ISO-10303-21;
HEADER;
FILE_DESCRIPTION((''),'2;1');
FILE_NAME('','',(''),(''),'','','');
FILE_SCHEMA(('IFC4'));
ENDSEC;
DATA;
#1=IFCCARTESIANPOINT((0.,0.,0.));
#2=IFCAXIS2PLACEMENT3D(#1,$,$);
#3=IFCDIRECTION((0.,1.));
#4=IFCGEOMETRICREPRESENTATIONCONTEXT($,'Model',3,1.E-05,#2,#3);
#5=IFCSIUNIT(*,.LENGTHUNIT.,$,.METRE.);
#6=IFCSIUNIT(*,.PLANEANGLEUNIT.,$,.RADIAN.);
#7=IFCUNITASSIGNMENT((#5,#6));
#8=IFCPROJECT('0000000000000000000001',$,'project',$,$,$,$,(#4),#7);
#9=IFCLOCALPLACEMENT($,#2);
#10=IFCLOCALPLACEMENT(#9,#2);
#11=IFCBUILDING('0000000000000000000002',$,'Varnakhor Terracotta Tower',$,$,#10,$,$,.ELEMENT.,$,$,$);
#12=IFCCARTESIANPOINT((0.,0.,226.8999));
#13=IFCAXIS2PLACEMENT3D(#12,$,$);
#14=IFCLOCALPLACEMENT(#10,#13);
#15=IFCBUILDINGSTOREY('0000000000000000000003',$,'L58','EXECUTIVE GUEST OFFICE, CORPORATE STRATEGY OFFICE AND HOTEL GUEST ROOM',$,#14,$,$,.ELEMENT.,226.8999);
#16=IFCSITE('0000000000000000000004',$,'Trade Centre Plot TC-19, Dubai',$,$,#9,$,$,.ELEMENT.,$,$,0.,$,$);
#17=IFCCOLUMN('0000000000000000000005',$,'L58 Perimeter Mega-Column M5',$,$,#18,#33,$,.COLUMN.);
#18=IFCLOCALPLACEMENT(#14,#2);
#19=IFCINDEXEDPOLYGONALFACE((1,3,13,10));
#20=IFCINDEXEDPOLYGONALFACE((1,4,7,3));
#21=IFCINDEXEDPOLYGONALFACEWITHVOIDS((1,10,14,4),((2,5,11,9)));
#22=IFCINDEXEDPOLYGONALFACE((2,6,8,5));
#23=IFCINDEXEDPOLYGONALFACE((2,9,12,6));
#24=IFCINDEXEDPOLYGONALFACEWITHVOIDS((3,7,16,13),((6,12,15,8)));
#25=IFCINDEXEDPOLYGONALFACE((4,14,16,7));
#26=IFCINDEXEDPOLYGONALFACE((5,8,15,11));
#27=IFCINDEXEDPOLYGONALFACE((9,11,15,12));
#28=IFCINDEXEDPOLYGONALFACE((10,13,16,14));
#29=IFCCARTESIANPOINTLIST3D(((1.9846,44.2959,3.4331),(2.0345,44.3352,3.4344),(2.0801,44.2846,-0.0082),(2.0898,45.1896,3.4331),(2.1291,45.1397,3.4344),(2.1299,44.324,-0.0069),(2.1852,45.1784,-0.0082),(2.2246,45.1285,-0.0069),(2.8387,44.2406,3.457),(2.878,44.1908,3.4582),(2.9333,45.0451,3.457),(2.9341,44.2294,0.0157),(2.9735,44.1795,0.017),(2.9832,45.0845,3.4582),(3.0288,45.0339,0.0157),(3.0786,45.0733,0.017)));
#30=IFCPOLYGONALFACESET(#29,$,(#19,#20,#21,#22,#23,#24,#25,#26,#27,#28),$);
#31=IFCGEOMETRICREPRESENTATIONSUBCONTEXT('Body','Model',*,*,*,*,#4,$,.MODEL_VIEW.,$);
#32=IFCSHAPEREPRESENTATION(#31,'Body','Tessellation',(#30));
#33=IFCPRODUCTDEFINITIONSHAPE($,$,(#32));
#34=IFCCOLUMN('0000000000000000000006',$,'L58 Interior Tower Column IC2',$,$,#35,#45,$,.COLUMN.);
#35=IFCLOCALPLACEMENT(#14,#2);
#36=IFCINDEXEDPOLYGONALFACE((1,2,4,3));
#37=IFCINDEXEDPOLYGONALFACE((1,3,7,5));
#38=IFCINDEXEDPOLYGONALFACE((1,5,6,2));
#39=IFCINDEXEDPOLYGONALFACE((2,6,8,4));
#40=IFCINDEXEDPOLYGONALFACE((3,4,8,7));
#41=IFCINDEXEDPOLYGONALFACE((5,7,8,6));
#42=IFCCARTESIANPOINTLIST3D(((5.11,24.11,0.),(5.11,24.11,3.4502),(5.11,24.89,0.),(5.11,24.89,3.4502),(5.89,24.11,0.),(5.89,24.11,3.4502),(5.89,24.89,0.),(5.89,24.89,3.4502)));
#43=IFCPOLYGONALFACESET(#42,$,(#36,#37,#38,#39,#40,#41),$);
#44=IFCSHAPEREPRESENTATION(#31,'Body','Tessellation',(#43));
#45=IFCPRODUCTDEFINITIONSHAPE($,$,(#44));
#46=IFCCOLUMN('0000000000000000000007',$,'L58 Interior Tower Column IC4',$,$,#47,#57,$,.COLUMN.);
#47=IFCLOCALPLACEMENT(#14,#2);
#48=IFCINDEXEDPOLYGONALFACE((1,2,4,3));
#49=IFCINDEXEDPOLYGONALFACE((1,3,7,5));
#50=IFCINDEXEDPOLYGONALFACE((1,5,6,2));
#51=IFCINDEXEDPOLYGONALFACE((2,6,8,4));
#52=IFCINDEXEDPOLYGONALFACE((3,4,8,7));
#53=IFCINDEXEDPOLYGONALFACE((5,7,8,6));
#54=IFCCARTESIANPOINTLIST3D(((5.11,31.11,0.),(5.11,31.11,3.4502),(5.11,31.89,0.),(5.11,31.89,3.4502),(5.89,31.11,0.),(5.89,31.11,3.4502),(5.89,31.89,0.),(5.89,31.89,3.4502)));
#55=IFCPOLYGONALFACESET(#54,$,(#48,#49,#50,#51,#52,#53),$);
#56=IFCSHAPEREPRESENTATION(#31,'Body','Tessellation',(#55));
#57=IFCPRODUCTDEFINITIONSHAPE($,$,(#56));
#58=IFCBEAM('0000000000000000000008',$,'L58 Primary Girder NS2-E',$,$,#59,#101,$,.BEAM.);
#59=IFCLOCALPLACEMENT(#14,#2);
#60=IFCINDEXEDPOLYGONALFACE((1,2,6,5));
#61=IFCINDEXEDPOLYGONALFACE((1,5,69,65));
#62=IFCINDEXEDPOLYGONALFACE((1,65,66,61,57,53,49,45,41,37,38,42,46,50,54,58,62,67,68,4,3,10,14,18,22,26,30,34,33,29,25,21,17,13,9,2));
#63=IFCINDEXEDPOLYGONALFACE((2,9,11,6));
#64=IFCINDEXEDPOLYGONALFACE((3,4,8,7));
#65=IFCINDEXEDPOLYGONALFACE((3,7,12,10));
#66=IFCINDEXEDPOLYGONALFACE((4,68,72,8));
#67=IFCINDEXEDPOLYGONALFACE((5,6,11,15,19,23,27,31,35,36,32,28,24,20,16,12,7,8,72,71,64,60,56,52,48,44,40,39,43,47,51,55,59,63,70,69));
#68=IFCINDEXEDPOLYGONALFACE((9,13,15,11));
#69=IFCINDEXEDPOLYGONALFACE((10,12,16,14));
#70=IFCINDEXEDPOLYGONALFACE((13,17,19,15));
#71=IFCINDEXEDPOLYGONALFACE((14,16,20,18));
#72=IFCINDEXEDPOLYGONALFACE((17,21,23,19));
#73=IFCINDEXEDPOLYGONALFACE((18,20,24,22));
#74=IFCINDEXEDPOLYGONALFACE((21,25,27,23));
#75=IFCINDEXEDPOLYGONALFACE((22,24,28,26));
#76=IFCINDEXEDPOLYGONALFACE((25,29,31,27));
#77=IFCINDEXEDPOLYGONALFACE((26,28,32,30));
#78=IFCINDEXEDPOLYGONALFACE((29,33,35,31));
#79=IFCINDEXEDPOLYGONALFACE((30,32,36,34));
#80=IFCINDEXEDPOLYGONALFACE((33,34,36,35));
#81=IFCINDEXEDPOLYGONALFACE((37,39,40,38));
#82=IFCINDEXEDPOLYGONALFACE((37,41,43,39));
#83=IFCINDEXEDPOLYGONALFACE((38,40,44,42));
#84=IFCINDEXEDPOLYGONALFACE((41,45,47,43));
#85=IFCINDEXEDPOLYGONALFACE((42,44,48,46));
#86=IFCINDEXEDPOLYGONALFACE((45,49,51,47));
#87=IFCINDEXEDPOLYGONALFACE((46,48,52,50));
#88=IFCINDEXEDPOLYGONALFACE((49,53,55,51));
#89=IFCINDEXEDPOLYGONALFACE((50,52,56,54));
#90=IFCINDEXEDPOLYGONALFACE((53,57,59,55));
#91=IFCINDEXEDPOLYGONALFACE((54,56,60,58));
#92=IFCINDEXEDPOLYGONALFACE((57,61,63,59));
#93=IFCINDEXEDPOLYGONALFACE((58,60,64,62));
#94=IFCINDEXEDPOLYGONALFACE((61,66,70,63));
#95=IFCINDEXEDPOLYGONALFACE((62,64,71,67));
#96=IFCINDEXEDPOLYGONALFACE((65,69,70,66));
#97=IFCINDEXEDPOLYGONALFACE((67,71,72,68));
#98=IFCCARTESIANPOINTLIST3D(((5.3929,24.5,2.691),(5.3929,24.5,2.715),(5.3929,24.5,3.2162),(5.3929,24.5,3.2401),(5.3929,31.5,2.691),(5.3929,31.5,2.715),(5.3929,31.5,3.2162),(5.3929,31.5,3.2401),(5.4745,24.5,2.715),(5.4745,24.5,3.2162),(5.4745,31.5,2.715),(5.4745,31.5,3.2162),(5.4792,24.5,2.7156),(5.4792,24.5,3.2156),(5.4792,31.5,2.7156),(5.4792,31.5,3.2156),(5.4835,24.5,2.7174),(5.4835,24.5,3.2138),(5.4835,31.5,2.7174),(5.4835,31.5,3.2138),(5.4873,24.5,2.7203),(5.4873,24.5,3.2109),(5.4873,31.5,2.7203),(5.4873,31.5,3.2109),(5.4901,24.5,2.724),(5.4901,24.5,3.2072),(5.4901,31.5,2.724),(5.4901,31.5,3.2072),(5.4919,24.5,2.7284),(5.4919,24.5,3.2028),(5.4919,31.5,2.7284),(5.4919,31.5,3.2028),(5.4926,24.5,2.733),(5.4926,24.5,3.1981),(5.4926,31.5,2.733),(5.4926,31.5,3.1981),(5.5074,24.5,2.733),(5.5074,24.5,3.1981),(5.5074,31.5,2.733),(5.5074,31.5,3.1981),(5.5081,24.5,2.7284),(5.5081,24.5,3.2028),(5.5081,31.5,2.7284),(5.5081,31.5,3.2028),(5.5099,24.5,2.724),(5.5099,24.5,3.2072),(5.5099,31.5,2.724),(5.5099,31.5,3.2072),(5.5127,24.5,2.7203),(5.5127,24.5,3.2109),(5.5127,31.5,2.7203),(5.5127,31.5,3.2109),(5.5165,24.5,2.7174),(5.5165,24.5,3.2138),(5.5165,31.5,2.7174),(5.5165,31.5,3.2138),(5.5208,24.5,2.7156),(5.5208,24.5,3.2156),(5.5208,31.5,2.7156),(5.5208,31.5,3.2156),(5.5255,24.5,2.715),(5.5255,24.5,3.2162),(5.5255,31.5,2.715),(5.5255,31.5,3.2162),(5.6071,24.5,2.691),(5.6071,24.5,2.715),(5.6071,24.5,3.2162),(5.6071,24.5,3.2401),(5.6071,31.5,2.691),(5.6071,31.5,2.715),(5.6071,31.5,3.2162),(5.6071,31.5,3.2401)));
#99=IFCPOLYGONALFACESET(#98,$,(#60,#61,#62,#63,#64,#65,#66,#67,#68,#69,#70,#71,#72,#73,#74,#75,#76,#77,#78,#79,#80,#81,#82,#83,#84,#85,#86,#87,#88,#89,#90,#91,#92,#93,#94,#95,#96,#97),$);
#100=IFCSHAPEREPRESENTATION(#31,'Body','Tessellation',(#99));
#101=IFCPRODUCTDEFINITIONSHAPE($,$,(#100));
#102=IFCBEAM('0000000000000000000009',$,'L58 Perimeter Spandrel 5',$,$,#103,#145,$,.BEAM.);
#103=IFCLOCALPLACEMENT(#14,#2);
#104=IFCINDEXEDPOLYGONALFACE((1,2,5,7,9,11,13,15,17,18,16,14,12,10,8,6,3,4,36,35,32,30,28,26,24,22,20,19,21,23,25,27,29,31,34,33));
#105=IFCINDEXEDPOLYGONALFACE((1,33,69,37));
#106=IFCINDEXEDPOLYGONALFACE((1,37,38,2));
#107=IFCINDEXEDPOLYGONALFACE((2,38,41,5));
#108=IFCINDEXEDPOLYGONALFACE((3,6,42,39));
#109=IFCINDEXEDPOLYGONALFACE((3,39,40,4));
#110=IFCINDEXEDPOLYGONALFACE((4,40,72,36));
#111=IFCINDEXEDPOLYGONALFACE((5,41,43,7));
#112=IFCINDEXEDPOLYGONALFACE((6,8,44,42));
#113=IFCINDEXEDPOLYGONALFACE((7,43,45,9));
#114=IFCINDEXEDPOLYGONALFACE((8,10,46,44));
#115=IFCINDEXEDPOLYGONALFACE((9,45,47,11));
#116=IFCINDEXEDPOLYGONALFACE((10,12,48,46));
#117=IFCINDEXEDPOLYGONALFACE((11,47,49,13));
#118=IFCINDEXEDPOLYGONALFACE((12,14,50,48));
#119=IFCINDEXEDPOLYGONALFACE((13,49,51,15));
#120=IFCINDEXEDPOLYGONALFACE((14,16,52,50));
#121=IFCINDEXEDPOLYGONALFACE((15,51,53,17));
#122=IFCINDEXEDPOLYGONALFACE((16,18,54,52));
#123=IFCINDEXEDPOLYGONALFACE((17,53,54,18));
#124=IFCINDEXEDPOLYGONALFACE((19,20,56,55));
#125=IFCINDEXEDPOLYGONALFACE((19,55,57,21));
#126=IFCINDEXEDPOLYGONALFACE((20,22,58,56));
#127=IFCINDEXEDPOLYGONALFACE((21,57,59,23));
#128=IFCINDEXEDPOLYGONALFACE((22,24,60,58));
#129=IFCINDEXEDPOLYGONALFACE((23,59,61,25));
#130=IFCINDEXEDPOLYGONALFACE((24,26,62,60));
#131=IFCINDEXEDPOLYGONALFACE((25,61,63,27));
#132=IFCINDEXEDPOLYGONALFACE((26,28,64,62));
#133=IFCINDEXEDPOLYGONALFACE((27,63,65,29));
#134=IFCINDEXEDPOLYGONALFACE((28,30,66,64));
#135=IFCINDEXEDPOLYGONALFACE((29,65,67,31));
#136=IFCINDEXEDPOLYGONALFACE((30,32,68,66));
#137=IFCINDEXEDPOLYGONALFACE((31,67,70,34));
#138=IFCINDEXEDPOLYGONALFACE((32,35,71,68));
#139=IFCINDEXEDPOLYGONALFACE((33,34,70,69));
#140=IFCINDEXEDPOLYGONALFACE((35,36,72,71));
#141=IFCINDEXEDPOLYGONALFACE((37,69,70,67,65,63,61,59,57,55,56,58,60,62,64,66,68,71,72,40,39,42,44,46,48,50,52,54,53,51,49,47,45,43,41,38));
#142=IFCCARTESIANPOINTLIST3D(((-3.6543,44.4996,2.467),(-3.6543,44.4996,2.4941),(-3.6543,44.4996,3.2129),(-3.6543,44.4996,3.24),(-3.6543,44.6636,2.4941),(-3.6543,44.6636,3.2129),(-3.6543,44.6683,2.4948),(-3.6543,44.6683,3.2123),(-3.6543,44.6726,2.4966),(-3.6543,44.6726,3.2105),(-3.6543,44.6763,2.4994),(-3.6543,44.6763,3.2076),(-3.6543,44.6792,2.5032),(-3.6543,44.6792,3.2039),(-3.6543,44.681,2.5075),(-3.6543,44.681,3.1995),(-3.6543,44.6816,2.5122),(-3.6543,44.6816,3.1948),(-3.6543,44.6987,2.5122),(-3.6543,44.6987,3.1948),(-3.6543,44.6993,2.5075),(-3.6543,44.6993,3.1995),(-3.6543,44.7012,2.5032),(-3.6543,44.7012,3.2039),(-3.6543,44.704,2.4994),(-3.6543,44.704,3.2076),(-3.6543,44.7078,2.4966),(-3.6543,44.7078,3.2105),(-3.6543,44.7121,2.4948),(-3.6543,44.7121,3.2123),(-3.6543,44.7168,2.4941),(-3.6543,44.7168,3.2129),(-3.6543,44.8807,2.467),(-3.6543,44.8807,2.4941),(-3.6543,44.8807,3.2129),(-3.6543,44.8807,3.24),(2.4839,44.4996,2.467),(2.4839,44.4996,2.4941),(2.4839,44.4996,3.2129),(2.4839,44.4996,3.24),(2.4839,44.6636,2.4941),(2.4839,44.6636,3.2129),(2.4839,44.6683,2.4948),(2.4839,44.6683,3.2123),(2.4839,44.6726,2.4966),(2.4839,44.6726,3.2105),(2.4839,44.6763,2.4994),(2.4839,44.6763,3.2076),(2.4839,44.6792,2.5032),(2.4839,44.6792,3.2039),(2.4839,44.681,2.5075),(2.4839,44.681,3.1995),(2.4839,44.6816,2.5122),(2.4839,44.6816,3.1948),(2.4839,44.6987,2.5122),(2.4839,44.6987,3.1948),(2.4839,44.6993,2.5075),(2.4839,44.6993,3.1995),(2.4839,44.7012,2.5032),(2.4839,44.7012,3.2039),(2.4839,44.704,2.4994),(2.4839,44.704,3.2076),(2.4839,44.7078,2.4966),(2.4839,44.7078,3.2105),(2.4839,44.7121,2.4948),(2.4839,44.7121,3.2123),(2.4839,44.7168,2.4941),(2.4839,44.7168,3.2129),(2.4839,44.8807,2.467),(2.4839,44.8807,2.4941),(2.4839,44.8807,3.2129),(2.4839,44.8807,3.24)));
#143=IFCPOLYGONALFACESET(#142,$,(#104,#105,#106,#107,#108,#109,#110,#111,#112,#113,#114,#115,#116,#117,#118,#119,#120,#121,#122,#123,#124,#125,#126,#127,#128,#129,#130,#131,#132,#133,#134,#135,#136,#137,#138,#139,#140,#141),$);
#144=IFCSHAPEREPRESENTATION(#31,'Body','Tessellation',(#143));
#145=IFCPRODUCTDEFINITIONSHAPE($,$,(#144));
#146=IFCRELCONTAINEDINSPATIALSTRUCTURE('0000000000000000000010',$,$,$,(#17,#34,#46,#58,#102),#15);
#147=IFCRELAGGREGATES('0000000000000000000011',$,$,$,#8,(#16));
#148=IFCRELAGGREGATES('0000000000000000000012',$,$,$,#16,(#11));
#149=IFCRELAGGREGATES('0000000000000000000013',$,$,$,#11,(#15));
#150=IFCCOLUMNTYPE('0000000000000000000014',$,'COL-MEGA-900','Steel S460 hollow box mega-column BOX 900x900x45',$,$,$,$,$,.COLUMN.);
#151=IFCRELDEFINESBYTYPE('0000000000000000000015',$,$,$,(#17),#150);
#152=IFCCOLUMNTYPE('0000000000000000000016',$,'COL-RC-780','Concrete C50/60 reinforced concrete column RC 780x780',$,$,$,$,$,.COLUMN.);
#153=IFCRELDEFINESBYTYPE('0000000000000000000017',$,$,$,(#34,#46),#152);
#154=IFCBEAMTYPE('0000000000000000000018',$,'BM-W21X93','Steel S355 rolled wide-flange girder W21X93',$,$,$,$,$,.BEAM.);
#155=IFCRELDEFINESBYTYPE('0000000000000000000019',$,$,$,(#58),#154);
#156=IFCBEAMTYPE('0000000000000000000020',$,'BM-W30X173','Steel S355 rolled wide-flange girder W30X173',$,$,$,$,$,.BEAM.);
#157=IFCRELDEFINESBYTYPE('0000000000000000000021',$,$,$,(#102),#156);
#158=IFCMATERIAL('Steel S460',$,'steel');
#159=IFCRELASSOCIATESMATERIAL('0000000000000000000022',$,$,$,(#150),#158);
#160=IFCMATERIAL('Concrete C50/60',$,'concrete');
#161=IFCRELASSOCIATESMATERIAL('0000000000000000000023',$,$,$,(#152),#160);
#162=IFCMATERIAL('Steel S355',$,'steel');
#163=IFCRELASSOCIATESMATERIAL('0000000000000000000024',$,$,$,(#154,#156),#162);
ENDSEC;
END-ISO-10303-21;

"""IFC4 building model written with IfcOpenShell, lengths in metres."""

from ifc_helpers import new_model, si_unit, direction, frame, origin, origin_2d, place, context, subcontext, project, spatial, rectangle, hollow_rectangle, i_section, extrude, source, transform, mapped, material, material_profile, profile_set, type_object, element, save


model = new_model("IFC4")

# Units and contexts
model_context = context("Model", 3, precision=1e-05, world=origin(), true_north=direction((0.0, 1.0)))
body_context = subcontext(model_context, "Body", "Model", "MODEL_VIEW")
ifc_project = project(units=[si_unit("LENGTHUNIT", "METRE"), si_unit("PLANEANGLEUNIT", "RADIAN")], contexts=[model_context])

# Site, building, storey
site_placement = place(None, origin())
site = spatial("IfcSite", under=ifc_project, at=site_placement, Name="Trade Centre Plot TC-19, Dubai", CompositionType="ELEMENT", RefElevation=0.0)
building_placement = place(site_placement, origin())
building = spatial("IfcBuilding", under=site, at=building_placement, Name="Varnakhor Terracotta Tower", CompositionType="ELEMENT")
storey_placement = place(building_placement, frame((0.0, 0.0, 226.8999)))
storey = spatial("IfcBuildingStorey", under=building, at=storey_placement, Name="L58", Description="EXECUTIVE GUEST OFFICE, CORPORATE STRATEGY OFFICE AND HOTEL GUEST ROOM", CompositionType="ELEMENT", Elevation=226.8999)

# Columns
ifc_material_1 = material(Name="Steel S460", Category="steel")
ifc_material_profile_1 = material_profile(ifc_material_1, hollow_rectangle(XDim=0.8999, YDim=0.8999, WallThickness=0.0449, at=origin_2d()), Name="BOX 900x900x45")
ifc_profile_set_1 = profile_set([ifc_material_profile_1], Name="Steel S460")
column_type_1 = type_object("IfcColumnType", Name="COL-MEGA-900", Description="Steel S460 hollow box mega-column BOX 900x900x45", PredefinedType="COLUMN", material=ifc_profile_set_1)
shared_shape_1 = source(origin(), body_context, "Body", "SweptSolid", [
    extrude(hollow_rectangle(XDim=0.8999, YDim=0.8999, WallThickness=0.0449, at=origin_2d()), origin(), (0.0, 0.0, 1.0), 3.4426),
])
column_placement = place(storey_placement, frame((2.5793, 44.679, 0.0044), z_axis=(-0.027728, 0.003262, 0.99961), x_axis=(-0.116841, -0.993151, 0.0)))
element("IfcColumn", 1, at=column_placement, inside=storey, type_object=column_type_1, Name="L58 Perimeter Mega-Column M5", PredefinedType="COLUMN", context=body_context, shape_type="MappedRepresentation", body=[
    mapped(shared_shape_1, transform((0.0, 0.0, 0.0), scale=1.0)),
])
ifc_material_2 = material(Name="Concrete C50/60", Category="concrete")
ifc_material_profile_2 = material_profile(ifc_material_2, rectangle(XDim=0.78, YDim=0.78, at=origin_2d()), Name="RC 780x780")
ifc_profile_set_2 = profile_set([ifc_material_profile_2], Name="Concrete C50/60")
column_type_2 = type_object("IfcColumnType", Name="COL-RC-780", Description="Concrete C50/60 reinforced concrete column RC 780x780", PredefinedType="COLUMN", material=ifc_profile_set_2)
shared_shape_2 = source(origin(), body_context, "Body", "SweptSolid", [
    extrude(rectangle(XDim=0.78, YDim=0.78, at=origin_2d()), origin(), (0.0, 0.0, 1.0), 3.4502),
])
for number, where, z_axis, x_axis, name in (
    (2, (5.5, 24.5, 0.0), (0.0, 0.0, 1.0), (1.0, 0.0, 0.0), "L58 Interior Tower Column IC2"),
    (3, (5.5, 31.5, 0.0), (0.0, 0.0, 1.0), (1.0, 0.0, 0.0), "L58 Interior Tower Column IC4"),
):
    element("IfcColumn", number, at=place(storey_placement, frame(where, z_axis=z_axis, x_axis=x_axis)), inside=storey, type_object=column_type_2, Name=name, PredefinedType="COLUMN", context=body_context, shape_type="MappedRepresentation", body=[
        mapped(shared_shape_2, transform((0.0, 0.0, 0.0), scale=1.0)),
    ])

# Beams
ifc_material_3 = material(Name="Steel S355", Category="steel")
ifc_material_profile_3 = material_profile(ifc_material_3, i_section(OverallWidth=0.2141, OverallDepth=0.5491, WebThickness=0.0149, FlangeThickness=0.0239, FilletRadius=0.0181, at=origin_2d()), Name="W21X93")
ifc_profile_set_3 = profile_set([ifc_material_profile_3], Name="Steel S355")
beam_type_1 = type_object("IfcBeamType", Name="BM-W21X93", Description="Steel S355 rolled wide-flange girder W21X93", PredefinedType="BEAM", material=ifc_profile_set_3)
shared_shape_3 = source(origin(), body_context, "Body", "SweptSolid", [
    extrude(i_section(OverallWidth=0.2141, OverallDepth=0.5491, WebThickness=0.0149, FlangeThickness=0.0239, FilletRadius=0.0181, at=origin_2d()), origin(), (0.0, 0.0, 1.0), 7.0),
])
beam_1_placement = place(storey_placement, frame((5.5, 24.5, 2.9656), z_axis=(0.0, 1.0, 0.0), x_axis=(-1.0, 0.0, 0.0)))
element("IfcBeam", 4, at=beam_1_placement, inside=storey, type_object=beam_type_1, Name="L58 Primary Girder NS2-E", PredefinedType="BEAM", context=body_context, shape_type="MappedRepresentation", body=[
    mapped(shared_shape_3, transform((0.0, 0.0, 0.0), scale=1.0)),
])
ifc_material_profile_4 = material_profile(ifc_material_3, i_section(OverallWidth=0.3811, OverallDepth=0.7729, WebThickness=0.0171, FlangeThickness=0.0271, FilletRadius=0.0181, at=origin_2d()), Name="W30X173")
ifc_profile_set_4 = profile_set([ifc_material_profile_4], Name="Steel S355")
beam_type_2 = type_object("IfcBeamType", Name="BM-W30X173", Description="Steel S355 rolled wide-flange girder W30X173", PredefinedType="BEAM", material=ifc_profile_set_4)
shared_shape_4 = source(origin(), body_context, "Body", "SweptSolid", [
    extrude(i_section(OverallWidth=0.3811, OverallDepth=0.7729, WebThickness=0.0171, FlangeThickness=0.0271, FilletRadius=0.0181, at=origin_2d()), origin(), (0.0, 0.0, 1.0), 6.1382),
])
beam_2_placement = place(storey_placement, frame((2.4839, 44.6902, 2.8535), z_axis=(-1.0, 0.0, 0.0), x_axis=(0.0, -1.0, 0.0)))
element("IfcBeam", 5, at=beam_2_placement, inside=storey, type_object=beam_type_2, Name="L58 Perimeter Spandrel 5", PredefinedType="BEAM", context=body_context, shape_type="MappedRepresentation", body=[
    mapped(shared_shape_4, transform((0.0, 0.0, 0.0), scale=1.0)),
])

save(model, "model.ifc")
